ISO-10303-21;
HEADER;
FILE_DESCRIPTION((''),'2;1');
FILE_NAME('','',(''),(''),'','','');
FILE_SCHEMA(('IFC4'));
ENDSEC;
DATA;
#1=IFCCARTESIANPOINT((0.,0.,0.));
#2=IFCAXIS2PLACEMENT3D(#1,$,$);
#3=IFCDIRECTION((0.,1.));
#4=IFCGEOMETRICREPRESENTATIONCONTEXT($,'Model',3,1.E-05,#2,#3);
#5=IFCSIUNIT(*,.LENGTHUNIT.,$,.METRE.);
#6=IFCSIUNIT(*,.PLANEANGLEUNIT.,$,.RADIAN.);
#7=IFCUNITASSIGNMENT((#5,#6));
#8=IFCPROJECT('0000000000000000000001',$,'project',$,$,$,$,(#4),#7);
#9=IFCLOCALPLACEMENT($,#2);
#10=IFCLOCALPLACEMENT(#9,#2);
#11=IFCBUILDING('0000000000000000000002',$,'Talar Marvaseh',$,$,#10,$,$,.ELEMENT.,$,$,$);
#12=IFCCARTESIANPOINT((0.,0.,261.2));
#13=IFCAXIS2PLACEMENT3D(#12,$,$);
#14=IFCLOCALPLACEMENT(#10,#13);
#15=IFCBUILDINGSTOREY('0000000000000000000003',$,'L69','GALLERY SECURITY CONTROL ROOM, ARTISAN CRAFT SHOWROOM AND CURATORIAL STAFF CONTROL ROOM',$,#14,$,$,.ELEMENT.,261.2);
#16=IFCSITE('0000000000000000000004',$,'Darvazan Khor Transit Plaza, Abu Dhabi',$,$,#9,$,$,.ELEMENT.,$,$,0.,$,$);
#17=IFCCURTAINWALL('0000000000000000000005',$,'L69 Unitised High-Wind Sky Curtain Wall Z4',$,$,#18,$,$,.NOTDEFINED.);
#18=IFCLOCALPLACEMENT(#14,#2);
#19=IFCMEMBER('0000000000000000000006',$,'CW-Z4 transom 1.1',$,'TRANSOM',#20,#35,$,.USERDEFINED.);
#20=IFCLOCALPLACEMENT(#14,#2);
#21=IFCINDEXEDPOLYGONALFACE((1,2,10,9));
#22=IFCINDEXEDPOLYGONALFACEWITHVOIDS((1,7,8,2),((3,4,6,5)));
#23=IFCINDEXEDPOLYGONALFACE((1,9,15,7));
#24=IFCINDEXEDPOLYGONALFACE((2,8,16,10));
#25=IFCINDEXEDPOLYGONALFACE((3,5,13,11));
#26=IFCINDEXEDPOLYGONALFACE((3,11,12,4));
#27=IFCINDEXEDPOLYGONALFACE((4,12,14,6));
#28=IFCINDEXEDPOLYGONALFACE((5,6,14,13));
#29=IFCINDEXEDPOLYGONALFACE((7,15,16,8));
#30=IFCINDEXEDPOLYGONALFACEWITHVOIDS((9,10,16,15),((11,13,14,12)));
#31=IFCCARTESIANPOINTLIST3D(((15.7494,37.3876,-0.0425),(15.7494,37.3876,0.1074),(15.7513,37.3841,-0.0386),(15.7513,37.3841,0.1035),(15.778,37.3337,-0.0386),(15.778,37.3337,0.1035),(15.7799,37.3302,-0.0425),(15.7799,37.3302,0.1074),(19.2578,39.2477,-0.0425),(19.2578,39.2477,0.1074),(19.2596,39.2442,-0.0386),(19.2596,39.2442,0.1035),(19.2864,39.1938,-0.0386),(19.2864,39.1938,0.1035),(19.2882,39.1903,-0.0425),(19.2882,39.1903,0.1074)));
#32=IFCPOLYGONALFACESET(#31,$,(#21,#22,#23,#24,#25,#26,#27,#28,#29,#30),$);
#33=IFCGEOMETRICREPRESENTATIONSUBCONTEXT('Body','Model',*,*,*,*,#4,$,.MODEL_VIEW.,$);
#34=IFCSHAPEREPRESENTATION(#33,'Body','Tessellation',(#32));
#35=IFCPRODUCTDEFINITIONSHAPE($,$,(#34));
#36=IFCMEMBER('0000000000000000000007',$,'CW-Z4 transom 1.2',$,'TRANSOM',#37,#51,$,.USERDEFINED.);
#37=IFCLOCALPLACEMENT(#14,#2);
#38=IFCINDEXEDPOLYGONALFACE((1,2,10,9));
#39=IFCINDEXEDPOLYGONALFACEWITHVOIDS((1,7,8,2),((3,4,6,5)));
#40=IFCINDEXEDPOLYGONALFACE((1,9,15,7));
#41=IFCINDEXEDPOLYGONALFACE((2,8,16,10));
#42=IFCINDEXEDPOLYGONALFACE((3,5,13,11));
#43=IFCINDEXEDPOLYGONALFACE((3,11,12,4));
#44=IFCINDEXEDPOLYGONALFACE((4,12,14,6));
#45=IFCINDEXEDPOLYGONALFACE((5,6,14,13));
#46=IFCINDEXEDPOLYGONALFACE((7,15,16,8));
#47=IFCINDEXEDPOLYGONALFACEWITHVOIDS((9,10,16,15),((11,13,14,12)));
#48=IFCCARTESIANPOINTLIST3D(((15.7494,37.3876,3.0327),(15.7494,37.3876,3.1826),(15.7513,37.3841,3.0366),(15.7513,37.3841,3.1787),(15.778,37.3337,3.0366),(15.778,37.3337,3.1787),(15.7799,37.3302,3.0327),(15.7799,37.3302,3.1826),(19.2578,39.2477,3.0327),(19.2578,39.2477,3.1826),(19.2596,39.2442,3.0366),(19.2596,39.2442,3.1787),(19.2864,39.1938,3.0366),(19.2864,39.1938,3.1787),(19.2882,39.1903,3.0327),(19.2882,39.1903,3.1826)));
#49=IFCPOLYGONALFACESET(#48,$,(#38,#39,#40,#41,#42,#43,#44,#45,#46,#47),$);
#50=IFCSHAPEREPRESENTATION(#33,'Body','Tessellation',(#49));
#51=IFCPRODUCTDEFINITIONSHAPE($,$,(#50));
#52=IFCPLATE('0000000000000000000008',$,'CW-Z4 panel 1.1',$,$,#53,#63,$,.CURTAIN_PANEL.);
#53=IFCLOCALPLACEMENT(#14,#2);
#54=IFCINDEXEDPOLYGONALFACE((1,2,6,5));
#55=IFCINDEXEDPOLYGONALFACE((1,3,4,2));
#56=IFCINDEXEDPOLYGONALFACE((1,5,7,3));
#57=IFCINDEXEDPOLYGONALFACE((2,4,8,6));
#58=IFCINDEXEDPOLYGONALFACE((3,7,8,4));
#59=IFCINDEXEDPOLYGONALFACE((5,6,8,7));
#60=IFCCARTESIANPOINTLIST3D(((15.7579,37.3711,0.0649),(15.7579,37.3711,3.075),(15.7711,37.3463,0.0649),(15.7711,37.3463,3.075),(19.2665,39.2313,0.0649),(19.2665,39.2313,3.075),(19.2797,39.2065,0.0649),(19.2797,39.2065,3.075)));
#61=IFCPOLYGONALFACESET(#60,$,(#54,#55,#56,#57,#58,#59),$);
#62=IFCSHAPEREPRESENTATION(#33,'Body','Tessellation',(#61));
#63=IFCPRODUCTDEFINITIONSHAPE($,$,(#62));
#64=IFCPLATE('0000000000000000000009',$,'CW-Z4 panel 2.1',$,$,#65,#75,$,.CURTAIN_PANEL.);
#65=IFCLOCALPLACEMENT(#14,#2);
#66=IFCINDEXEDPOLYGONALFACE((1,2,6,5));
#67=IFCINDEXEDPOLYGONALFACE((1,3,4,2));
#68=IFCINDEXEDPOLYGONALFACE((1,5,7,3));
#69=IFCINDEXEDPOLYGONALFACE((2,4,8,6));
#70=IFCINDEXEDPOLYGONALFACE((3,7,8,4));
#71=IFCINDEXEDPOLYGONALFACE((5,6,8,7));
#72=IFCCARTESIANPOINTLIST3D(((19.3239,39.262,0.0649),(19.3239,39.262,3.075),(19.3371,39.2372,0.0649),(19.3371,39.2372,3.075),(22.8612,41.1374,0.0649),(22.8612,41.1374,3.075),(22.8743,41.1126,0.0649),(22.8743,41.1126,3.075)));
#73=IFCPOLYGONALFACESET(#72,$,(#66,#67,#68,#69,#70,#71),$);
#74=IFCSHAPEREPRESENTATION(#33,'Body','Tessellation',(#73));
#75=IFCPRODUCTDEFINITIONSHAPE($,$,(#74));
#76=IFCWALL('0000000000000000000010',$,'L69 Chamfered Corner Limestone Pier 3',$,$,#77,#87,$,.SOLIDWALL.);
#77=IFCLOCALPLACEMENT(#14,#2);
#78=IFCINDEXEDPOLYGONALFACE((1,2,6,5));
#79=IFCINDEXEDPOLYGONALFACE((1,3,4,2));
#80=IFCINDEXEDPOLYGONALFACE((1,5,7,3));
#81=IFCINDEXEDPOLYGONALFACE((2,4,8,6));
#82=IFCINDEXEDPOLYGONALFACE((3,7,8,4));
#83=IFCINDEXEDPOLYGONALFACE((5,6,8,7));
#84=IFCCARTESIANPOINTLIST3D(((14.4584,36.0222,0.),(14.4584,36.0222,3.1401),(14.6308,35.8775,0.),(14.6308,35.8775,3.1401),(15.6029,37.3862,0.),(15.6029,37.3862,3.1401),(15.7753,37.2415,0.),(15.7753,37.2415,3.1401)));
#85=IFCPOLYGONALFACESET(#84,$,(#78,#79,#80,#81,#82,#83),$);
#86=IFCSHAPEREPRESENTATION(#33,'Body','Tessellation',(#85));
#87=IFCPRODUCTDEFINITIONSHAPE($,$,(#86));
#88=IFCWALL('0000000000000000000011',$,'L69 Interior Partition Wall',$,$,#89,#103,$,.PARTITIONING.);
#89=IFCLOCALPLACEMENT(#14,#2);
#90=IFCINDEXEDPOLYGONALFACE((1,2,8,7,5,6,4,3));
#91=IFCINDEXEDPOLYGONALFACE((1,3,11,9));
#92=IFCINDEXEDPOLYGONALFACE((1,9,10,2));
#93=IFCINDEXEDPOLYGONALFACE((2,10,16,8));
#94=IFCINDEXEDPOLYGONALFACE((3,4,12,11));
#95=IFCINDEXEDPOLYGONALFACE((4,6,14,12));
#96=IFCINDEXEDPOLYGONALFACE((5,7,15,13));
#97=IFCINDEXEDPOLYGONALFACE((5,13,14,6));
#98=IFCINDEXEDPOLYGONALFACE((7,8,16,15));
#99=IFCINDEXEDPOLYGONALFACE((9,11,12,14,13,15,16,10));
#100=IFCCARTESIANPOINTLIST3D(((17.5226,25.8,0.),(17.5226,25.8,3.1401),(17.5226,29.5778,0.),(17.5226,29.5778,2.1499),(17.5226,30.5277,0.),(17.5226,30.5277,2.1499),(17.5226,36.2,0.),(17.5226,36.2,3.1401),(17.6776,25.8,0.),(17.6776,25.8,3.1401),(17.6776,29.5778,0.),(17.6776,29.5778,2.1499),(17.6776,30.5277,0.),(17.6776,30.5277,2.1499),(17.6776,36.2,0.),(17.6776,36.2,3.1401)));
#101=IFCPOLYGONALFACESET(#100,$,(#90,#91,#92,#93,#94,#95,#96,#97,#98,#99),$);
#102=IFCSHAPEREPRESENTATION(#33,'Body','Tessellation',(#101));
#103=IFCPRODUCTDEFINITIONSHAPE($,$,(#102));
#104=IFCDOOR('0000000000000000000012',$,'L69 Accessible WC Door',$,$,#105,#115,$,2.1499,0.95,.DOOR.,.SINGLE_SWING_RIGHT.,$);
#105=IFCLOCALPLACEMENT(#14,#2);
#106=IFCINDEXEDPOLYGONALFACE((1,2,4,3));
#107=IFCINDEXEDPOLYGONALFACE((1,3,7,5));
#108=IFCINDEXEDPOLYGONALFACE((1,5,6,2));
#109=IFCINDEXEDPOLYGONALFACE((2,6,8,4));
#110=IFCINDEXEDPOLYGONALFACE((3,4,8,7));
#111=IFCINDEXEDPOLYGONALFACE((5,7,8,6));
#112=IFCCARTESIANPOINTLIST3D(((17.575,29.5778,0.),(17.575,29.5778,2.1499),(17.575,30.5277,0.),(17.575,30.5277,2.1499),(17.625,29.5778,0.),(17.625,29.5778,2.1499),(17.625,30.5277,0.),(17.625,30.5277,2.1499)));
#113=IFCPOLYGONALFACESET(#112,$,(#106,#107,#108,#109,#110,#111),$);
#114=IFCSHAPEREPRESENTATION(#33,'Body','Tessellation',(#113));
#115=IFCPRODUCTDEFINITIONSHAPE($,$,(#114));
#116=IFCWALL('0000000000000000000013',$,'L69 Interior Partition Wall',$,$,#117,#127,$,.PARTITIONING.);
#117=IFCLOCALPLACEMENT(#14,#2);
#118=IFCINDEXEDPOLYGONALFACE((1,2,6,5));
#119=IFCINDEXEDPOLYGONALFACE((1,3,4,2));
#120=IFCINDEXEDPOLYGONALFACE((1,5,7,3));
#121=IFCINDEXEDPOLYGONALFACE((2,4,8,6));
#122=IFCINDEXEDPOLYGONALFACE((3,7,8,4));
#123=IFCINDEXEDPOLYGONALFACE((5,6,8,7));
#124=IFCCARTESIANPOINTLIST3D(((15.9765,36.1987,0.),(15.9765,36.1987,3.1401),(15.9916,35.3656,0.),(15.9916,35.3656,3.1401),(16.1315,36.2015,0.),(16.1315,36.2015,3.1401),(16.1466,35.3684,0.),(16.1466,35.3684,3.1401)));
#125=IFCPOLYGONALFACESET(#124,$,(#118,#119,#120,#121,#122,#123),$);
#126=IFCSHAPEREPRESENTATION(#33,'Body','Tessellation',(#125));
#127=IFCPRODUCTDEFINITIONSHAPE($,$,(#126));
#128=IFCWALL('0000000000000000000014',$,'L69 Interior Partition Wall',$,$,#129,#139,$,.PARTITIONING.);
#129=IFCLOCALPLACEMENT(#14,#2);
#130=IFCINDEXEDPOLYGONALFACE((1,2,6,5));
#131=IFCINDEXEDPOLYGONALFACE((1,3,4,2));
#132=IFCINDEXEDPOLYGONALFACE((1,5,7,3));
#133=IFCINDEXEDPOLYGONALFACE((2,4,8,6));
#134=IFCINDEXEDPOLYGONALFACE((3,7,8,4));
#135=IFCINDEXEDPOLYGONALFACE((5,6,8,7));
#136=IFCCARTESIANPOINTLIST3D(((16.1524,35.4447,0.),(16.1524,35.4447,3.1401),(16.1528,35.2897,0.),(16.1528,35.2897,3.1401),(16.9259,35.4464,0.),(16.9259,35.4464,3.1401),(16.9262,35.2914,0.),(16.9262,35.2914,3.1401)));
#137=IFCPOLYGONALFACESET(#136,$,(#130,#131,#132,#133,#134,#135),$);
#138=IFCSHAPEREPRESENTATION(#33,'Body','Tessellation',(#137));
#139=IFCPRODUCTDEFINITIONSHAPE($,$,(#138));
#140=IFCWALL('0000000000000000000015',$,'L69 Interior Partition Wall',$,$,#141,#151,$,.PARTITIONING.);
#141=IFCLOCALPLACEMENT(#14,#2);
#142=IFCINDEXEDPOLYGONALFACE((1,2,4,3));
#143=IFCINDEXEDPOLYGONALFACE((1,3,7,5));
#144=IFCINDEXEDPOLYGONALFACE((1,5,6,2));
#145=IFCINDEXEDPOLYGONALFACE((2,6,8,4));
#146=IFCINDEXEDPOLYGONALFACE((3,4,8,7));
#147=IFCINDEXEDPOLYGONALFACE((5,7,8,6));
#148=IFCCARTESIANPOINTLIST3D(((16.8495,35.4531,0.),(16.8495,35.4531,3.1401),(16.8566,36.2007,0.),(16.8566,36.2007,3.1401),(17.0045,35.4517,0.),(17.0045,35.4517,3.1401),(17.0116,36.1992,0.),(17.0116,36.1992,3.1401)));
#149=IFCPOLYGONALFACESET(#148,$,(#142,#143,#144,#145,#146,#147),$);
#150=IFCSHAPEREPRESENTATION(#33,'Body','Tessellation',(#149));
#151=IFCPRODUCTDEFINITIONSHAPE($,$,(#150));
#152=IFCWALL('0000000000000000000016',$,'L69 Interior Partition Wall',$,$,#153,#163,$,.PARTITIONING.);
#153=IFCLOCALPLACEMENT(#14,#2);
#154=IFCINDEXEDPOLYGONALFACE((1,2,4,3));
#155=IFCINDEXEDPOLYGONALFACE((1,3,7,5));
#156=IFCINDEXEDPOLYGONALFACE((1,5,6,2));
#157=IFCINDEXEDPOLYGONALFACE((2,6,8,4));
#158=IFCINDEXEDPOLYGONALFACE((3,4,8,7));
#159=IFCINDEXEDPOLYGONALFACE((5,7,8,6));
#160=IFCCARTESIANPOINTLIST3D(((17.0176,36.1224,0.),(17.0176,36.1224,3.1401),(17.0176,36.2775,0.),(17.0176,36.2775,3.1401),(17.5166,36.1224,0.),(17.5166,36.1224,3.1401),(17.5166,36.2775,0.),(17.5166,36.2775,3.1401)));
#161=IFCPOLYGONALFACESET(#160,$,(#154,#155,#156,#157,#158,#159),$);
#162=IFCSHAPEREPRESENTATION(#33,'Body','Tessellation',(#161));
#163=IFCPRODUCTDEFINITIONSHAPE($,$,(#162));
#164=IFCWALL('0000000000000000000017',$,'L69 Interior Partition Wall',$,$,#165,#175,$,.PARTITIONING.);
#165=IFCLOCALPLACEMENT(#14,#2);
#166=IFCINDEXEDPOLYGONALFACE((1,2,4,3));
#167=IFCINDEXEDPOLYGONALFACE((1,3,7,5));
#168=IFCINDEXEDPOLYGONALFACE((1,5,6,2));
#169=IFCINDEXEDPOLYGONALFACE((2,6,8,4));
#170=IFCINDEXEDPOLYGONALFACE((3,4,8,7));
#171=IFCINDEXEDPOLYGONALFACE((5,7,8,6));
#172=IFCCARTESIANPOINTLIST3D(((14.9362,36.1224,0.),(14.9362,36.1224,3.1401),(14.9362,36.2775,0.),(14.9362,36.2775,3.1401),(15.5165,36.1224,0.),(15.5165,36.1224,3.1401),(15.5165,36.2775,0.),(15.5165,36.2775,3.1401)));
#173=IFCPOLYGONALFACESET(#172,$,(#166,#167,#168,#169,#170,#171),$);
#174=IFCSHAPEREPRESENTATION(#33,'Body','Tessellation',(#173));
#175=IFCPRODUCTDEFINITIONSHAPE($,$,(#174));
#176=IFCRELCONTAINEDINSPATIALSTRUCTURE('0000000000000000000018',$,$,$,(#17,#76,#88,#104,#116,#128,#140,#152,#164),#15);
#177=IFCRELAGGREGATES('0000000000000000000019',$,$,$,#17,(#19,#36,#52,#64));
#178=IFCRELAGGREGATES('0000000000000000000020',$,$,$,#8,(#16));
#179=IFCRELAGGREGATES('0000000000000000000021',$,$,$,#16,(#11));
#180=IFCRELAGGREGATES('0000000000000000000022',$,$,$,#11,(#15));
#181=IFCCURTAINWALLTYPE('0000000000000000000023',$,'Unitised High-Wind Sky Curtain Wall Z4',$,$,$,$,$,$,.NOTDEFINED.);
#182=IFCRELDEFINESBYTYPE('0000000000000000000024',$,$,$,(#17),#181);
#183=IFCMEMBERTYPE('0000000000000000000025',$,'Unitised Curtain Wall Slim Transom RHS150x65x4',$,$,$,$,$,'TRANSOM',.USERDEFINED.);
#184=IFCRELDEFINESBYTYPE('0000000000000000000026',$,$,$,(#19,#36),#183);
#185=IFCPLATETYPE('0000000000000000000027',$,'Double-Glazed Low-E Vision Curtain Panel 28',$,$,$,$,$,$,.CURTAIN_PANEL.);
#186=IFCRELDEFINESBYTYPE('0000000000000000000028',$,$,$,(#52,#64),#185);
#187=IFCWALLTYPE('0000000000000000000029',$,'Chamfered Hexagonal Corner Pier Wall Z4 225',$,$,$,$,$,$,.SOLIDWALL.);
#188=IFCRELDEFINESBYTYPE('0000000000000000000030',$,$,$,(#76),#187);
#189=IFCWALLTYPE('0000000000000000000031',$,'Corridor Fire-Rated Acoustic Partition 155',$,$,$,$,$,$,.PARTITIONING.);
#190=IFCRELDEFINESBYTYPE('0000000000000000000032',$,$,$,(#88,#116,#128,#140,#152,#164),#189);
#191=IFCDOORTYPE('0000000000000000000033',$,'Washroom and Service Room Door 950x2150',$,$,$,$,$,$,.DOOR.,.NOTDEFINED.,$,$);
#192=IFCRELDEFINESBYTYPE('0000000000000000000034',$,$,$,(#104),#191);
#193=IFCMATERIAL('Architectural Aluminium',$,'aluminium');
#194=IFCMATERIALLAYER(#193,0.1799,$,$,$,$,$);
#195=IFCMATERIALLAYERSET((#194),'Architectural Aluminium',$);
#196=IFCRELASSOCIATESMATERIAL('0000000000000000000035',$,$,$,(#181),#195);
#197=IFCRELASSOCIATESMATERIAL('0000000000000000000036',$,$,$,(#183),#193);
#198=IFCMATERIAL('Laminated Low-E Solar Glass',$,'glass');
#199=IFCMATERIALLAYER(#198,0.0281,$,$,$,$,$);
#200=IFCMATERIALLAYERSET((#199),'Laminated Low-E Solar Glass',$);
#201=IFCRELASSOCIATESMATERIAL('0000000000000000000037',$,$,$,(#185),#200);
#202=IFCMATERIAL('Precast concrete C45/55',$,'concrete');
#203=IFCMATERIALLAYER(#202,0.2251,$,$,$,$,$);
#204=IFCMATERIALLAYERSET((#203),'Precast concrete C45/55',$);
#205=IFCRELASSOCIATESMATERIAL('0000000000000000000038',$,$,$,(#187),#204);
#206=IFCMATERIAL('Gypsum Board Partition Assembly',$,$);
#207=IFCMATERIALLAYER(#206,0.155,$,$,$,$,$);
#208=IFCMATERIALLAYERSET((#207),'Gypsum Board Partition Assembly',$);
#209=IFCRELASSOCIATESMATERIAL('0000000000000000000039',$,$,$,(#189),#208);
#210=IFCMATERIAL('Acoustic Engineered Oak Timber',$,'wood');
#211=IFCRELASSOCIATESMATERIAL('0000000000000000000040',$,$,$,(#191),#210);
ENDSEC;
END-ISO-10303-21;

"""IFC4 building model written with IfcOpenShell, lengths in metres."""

from ifc_helpers import new_model, si_unit, direction, frame, frame_2d, origin, origin_2d, place, context, subcontext, project, spatial, rectangle, hollow_rectangle, extrude, source, transform, mapped, material, layer, layer_set, material_profile, profile_set, type_object, type_shapes, element, fill, aggregate, save


model = new_model("IFC4")

# Units and contexts
model_context = context("Model", 3, precision=1e-05, world=origin(), true_north=direction((0.0, 1.0)))
body_context = subcontext(model_context, "Body", "Model", "MODEL_VIEW")
ifc_project = project(units=[si_unit("LENGTHUNIT", "METRE"), si_unit("PLANEANGLEUNIT", "RADIAN")], contexts=[model_context])

# Site, building, storey
site_placement = place(None, origin())
site = spatial("IfcSite", under=ifc_project, at=site_placement, Name="Darvazan Khor Transit Plaza, Abu Dhabi", CompositionType="ELEMENT", RefElevation=0.0)
building_placement = place(site_placement, origin())
building = spatial("IfcBuilding", under=site, at=building_placement, Name="Talar Marvaseh", CompositionType="ELEMENT")
storey_placement = place(building_placement, frame((0.0, 0.0, 261.2)))
storey = spatial("IfcBuildingStorey", under=building, at=storey_placement, Name="L69", Description="GALLERY SECURITY CONTROL ROOM, ARTISAN CRAFT SHOWROOM AND CURATORIAL STAFF CONTROL ROOM", CompositionType="ELEMENT", Elevation=261.2)

# Curtain wall
ifc_material_1 = material(Name="Architectural Aluminium", Category="aluminium")
ifc_layer_1 = layer(ifc_material_1, 0.1799)
ifc_layer_set_1 = layer_set([ifc_layer_1], Name="Architectural Aluminium")
curtain_wall_type = type_object("IfcCurtainWallType", Name="Unitised High-Wind Sky Curtain Wall Z4", PredefinedType="NOTDEFINED", material=ifc_layer_set_1)
curtain_wall_1_placement = place(storey_placement, origin())
curtain_wall_1 = element("IfcCurtainWall", 1, at=curtain_wall_1_placement, inside=storey, type_object=curtain_wall_type, Name="L69 Unitised High-Wind Sky Curtain Wall Z4", PredefinedType="NOTDEFINED")
ifc_material_profile_1 = material_profile(ifc_material_1, hollow_rectangle(XDim=0.0649, YDim=0.1499, WallThickness=0.0039, at=origin_2d()), Name="RHS150x65x4")
ifc_profile_set_1 = profile_set([ifc_material_profile_1], Name="Architectural Aluminium")
member_type_1 = type_object("IfcMemberType", Name="Unitised Curtain Wall Slim Transom RHS150x65x4", ElementType="TRANSOM", PredefinedType="USERDEFINED", material=ifc_profile_set_1)

# Members
shared_shape_1 = source(origin(), body_context, "Body", "SweptSolid", [
    extrude(hollow_rectangle(XDim=0.0649, YDim=0.1499, WallThickness=0.0039, at=origin_2d()), origin(), (0.0, 0.0, 1.0), 3.9709),
])
member_1_placement = place(storey_placement, frame((15.7646, 37.3589, 0.0325), z_axis=(0.883499, 0.468433, 0.0), x_axis=(-0.468433, 0.883499, 0.0)))
member_1 = element("IfcMember", 2, at=member_1_placement, type_object=member_type_1, Name="CW-Z4 transom 1.1", ObjectType="TRANSOM", PredefinedType="USERDEFINED", context=body_context, shape_type="MappedRepresentation", body=[
    mapped(shared_shape_1, transform((0.0, 0.0, 0.0), x_axis=(1.0, 0.0, 0.0), y_axis=(0.0, 1.0, 0.0), z_axis=(0.0, 0.0, 1.0), scale=1.0)),
])
member_2_placement = place(storey_placement, frame((15.7646, 37.3589, 3.1077), z_axis=(0.883499, 0.468433, 0.0), x_axis=(-0.468433, 0.883499, 0.0)))
member_2 = element("IfcMember", 3, at=member_2_placement, type_object=member_type_1, Name="CW-Z4 transom 1.2", ObjectType="TRANSOM", PredefinedType="USERDEFINED", context=body_context, shape_type="MappedRepresentation", body=[
    mapped(shared_shape_1, transform((0.0, 0.0, 0.0), x_axis=(1.0, 0.0, 0.0), y_axis=(0.0, 1.0, 0.0), z_axis=(0.0, 0.0, 1.0), scale=1.0)),
])

# Plates
ifc_material_2 = material(Name="Laminated Low-E Solar Glass", Category="glass")
ifc_layer_2 = layer(ifc_material_2, 0.0281)
ifc_layer_set_2 = layer_set([ifc_layer_2], Name="Laminated Low-E Solar Glass")
plate_type = type_object("IfcPlateType", Name="Double-Glazed Low-E Vision Curtain Panel 28", PredefinedType="CURTAIN_PANEL", material=ifc_layer_set_2)
shared_shape_2 = source(origin(), body_context, "Body", "SweptSolid", [
    extrude(rectangle(XDim=3.9712, YDim=0.0281, at=origin_2d()), origin(), (0.0, 0.0, 1.0), 3.01),
])
plate_1_placement = place(storey_placement, frame((17.5188, 38.2888, 0.0649), z_axis=(0.0, 0.0, 1.0), x_axis=(0.883506, 0.46842, 0.0)))
plate_1 = element("IfcPlate", 4, at=plate_1_placement, type_object=plate_type, Name="CW-Z4 panel 1.1", PredefinedType="CURTAIN_PANEL", context=body_context, shape_type="MappedRepresentation", body=[
    mapped(shared_shape_2, transform((0.0, 0.0, 0.0), x_axis=(1.0, 0.0, 0.0), y_axis=(0.0, 1.0, 0.0), z_axis=(0.0, 0.0, 1.0), scale=1.0)),
])
shared_shape_3 = source(origin(), body_context, "Body", "SweptSolid", [
    extrude(rectangle(XDim=4.0037, YDim=0.0281, at=origin_2d()), origin(), (0.0, 0.0, 1.0), 3.01),
])
type_shapes(plate_type, [shared_shape_2, shared_shape_3])
plate_2_placement = place(storey_placement, frame((21.0991, 40.1873, 0.0649), z_axis=(0.0, 0.0, 1.0), x_axis=(0.883506, 0.46842, 0.0)))
plate_2 = element("IfcPlate", 5, at=plate_2_placement, type_object=plate_type, Name="CW-Z4 panel 2.1", PredefinedType="CURTAIN_PANEL", context=body_context, shape_type="MappedRepresentation", body=[
    mapped(shared_shape_3, transform((0.0, 0.0, 0.0), x_axis=(1.0, 0.0, 0.0), y_axis=(0.0, 1.0, 0.0), z_axis=(0.0, 0.0, 1.0), scale=1.0)),
])
aggregate(curtain_wall_1, [member_1, member_2, plate_1, plate_2])

# Wall
ifc_material_3 = material(Name="Precast concrete C45/55", Category="concrete")
ifc_layer_3 = layer(ifc_material_3, 0.2251)
ifc_layer_set_3 = layer_set([ifc_layer_3], Name="Precast concrete C45/55")
wall_type_1 = type_object("IfcWallType", Name="Chamfered Hexagonal Corner Pier Wall Z4 225", PredefinedType="SOLIDWALL", material=ifc_layer_set_3)
wall_1_placement = place(storey_placement, frame((14.5447, 35.95, 0.0), z_axis=(0.0, 0.0, 1.0), x_axis=(0.642784, 0.766048, 0.0)))
element("IfcWall", 6, at=wall_1_placement, inside=storey, type_object=wall_type_1, Name="L69 Chamfered Corner Limestone Pier 3", PredefinedType="SOLIDWALL", context=body_context, shape_type="SweptSolid", body=[
    extrude(rectangle(XDim=1.7805, YDim=0.2251, at=frame_2d((0.8901, 0.0))), origin(), (0.0, 0.0, 1.0), 3.1401),
])

# Wall, opening, door
ifc_material_4 = material(Name="Gypsum Board Partition Assembly")
ifc_layer_4 = layer(ifc_material_4, 0.155)
ifc_layer_set_4 = layer_set([ifc_layer_4], Name="Gypsum Board Partition Assembly")
wall_type_2 = type_object("IfcWallType", Name="Corridor Fire-Rated Acoustic Partition 155", PredefinedType="PARTITIONING", material=ifc_layer_set_4)
wall_2_placement = place(storey_placement, frame((17.6001, 36.2, 0.0), z_axis=(0.0, 0.0, 1.0), x_axis=(0.0, -1.0, 0.0)))
wall_2 = element("IfcWall", 7, at=wall_2_placement, inside=storey, type_object=wall_type_2, Name="L69 Interior Partition Wall", PredefinedType="PARTITIONING", context=body_context, shape_type="SweptSolid", body=[
    extrude(rectangle(XDim=10.3999, YDim=0.155, at=frame_2d((5.2, 0.0))), origin(), (0.0, 0.0, 1.0), 3.1401),
])
opening_placement = place(wall_2_placement, frame((5.6721, 0.0, 0.0)))
opening = element("IfcOpeningElement", 8, at=opening_placement, cuts=wall_2, PredefinedType="OPENING", context=body_context, shape_type="SweptSolid", body=[
    extrude(rectangle(XDim=0.95, YDim=2.1499, at=frame_2d((0.4751, 1.075))), frame((0.0, 0.0874, 0.0), z_axis=(0.0, -1.0, 0.0), x_axis=(1.0, 0.0, 0.0)), (0.0, 0.0, 1.0), 0.175),
])
ifc_material_5 = material(Name="Acoustic Engineered Oak Timber", Category="wood")
door_type = type_object("IfcDoorType", Name="Washroom and Service Room Door 950x2150", OperationType="NOTDEFINED", PredefinedType="DOOR", material=ifc_material_5)
shared_shape_4 = source(origin(), body_context, "Body", "SweptSolid", [
    extrude(rectangle(XDim=0.95, YDim=2.1499, at=frame_2d((0.4751, 1.075))), frame((0.0, 0.0249, 0.0), z_axis=(0.0, -1.0, 0.0), x_axis=(1.0, 0.0, 0.0)), (0.0, 0.0, 1.0), 0.05),
])
type_shapes(door_type, [shared_shape_4])
door_placement = place(opening_placement, origin())
door = element("IfcDoor", 9, at=door_placement, inside=storey, type_object=door_type, Name="L69 Accessible WC Door", OperationType="SINGLE_SWING_RIGHT", OverallHeight=2.1499, OverallWidth=0.95, PredefinedType="DOOR", context=body_context, shape_type="MappedRepresentation", body=[
    mapped(shared_shape_4, transform((0.0, 0.0, 0.0), x_axis=(1.0, 0.0, 0.0), y_axis=(0.0, 1.0, 0.0), z_axis=(0.0, 0.0, 1.0), scale=1.0)),
])
fill(opening, door)

# Walls
wall_3_placement = place(storey_placement, frame((16.054, 36.2, 0.0), z_axis=(0.0, 0.0, 1.0), x_axis=(0.018168, -0.999835, 0.0)))
element("IfcWall", 10, at=wall_3_placement, inside=storey, type_object=wall_type_2, Name="L69 Interior Partition Wall", PredefinedType="PARTITIONING", context=body_context, shape_type="SweptSolid", body=[
    extrude(rectangle(XDim=0.8333, YDim=0.155, at=frame_2d((0.4165, 0.0))), origin(), (0.0, 0.0, 1.0), 3.1401),
])
wall_4_placement = place(storey_placement, frame((16.1526, 35.3672, 0.0), z_axis=(0.0, 0.0, 1.0), x_axis=(0.999998, 0.00221, 0.0)))
element("IfcWall", 11, at=wall_4_placement, inside=storey, type_object=wall_type_2, Name="L69 Interior Partition Wall", PredefinedType="PARTITIONING", context=body_context, shape_type="SweptSolid", body=[
    extrude(rectangle(XDim=0.7734, YDim=0.155, at=frame_2d((0.3867, 0.0))), origin(), (0.0, 0.0, 1.0), 3.1401),
])
wall_5_placement = place(storey_placement, frame((16.927, 35.4524, 0.0), z_axis=(0.0, 0.0, 1.0), x_axis=(0.009471, 0.999955, 0.0)))
element("IfcWall", 12, at=wall_5_placement, inside=storey, type_object=wall_type_2, Name="L69 Interior Partition Wall", PredefinedType="PARTITIONING", context=body_context, shape_type="SweptSolid", body=[
    extrude(rectangle(XDim=0.7476, YDim=0.155, at=frame_2d((0.3738, 0.0))), origin(), (0.0, 0.0, 1.0), 3.1401),
])
wall_6_placement = place(storey_placement, frame((17.0176, 36.2, 0.0), z_axis=(0.0, 0.0, 1.0), x_axis=(1.0, 0.0, 0.0)))
element("IfcWall", 13, at=wall_6_placement, inside=storey, type_object=wall_type_2, Name="L69 Interior Partition Wall", PredefinedType="PARTITIONING", context=body_context, shape_type="SweptSolid", body=[
    extrude(rectangle(XDim=0.499, YDim=0.155, at=frame_2d((0.2495, 0.0))), origin(), (0.0, 0.0, 1.0), 3.1401),
])
wall_7_placement = place(storey_placement, frame((14.9363, 36.2, 0.0), z_axis=(0.0, 0.0, 1.0), x_axis=(1.0, 0.0, 0.0)))
element("IfcWall", 14, at=wall_7_placement, inside=storey, type_object=wall_type_2, Name="L69 Interior Partition Wall", PredefinedType="PARTITIONING", context=body_context, shape_type="SweptSolid", body=[
    extrude(rectangle(XDim=0.5803, YDim=0.155, at=frame_2d((0.29, 0.0))), origin(), (0.0, 0.0, 1.0), 3.1401),
])

save(model, "model.ifc")
